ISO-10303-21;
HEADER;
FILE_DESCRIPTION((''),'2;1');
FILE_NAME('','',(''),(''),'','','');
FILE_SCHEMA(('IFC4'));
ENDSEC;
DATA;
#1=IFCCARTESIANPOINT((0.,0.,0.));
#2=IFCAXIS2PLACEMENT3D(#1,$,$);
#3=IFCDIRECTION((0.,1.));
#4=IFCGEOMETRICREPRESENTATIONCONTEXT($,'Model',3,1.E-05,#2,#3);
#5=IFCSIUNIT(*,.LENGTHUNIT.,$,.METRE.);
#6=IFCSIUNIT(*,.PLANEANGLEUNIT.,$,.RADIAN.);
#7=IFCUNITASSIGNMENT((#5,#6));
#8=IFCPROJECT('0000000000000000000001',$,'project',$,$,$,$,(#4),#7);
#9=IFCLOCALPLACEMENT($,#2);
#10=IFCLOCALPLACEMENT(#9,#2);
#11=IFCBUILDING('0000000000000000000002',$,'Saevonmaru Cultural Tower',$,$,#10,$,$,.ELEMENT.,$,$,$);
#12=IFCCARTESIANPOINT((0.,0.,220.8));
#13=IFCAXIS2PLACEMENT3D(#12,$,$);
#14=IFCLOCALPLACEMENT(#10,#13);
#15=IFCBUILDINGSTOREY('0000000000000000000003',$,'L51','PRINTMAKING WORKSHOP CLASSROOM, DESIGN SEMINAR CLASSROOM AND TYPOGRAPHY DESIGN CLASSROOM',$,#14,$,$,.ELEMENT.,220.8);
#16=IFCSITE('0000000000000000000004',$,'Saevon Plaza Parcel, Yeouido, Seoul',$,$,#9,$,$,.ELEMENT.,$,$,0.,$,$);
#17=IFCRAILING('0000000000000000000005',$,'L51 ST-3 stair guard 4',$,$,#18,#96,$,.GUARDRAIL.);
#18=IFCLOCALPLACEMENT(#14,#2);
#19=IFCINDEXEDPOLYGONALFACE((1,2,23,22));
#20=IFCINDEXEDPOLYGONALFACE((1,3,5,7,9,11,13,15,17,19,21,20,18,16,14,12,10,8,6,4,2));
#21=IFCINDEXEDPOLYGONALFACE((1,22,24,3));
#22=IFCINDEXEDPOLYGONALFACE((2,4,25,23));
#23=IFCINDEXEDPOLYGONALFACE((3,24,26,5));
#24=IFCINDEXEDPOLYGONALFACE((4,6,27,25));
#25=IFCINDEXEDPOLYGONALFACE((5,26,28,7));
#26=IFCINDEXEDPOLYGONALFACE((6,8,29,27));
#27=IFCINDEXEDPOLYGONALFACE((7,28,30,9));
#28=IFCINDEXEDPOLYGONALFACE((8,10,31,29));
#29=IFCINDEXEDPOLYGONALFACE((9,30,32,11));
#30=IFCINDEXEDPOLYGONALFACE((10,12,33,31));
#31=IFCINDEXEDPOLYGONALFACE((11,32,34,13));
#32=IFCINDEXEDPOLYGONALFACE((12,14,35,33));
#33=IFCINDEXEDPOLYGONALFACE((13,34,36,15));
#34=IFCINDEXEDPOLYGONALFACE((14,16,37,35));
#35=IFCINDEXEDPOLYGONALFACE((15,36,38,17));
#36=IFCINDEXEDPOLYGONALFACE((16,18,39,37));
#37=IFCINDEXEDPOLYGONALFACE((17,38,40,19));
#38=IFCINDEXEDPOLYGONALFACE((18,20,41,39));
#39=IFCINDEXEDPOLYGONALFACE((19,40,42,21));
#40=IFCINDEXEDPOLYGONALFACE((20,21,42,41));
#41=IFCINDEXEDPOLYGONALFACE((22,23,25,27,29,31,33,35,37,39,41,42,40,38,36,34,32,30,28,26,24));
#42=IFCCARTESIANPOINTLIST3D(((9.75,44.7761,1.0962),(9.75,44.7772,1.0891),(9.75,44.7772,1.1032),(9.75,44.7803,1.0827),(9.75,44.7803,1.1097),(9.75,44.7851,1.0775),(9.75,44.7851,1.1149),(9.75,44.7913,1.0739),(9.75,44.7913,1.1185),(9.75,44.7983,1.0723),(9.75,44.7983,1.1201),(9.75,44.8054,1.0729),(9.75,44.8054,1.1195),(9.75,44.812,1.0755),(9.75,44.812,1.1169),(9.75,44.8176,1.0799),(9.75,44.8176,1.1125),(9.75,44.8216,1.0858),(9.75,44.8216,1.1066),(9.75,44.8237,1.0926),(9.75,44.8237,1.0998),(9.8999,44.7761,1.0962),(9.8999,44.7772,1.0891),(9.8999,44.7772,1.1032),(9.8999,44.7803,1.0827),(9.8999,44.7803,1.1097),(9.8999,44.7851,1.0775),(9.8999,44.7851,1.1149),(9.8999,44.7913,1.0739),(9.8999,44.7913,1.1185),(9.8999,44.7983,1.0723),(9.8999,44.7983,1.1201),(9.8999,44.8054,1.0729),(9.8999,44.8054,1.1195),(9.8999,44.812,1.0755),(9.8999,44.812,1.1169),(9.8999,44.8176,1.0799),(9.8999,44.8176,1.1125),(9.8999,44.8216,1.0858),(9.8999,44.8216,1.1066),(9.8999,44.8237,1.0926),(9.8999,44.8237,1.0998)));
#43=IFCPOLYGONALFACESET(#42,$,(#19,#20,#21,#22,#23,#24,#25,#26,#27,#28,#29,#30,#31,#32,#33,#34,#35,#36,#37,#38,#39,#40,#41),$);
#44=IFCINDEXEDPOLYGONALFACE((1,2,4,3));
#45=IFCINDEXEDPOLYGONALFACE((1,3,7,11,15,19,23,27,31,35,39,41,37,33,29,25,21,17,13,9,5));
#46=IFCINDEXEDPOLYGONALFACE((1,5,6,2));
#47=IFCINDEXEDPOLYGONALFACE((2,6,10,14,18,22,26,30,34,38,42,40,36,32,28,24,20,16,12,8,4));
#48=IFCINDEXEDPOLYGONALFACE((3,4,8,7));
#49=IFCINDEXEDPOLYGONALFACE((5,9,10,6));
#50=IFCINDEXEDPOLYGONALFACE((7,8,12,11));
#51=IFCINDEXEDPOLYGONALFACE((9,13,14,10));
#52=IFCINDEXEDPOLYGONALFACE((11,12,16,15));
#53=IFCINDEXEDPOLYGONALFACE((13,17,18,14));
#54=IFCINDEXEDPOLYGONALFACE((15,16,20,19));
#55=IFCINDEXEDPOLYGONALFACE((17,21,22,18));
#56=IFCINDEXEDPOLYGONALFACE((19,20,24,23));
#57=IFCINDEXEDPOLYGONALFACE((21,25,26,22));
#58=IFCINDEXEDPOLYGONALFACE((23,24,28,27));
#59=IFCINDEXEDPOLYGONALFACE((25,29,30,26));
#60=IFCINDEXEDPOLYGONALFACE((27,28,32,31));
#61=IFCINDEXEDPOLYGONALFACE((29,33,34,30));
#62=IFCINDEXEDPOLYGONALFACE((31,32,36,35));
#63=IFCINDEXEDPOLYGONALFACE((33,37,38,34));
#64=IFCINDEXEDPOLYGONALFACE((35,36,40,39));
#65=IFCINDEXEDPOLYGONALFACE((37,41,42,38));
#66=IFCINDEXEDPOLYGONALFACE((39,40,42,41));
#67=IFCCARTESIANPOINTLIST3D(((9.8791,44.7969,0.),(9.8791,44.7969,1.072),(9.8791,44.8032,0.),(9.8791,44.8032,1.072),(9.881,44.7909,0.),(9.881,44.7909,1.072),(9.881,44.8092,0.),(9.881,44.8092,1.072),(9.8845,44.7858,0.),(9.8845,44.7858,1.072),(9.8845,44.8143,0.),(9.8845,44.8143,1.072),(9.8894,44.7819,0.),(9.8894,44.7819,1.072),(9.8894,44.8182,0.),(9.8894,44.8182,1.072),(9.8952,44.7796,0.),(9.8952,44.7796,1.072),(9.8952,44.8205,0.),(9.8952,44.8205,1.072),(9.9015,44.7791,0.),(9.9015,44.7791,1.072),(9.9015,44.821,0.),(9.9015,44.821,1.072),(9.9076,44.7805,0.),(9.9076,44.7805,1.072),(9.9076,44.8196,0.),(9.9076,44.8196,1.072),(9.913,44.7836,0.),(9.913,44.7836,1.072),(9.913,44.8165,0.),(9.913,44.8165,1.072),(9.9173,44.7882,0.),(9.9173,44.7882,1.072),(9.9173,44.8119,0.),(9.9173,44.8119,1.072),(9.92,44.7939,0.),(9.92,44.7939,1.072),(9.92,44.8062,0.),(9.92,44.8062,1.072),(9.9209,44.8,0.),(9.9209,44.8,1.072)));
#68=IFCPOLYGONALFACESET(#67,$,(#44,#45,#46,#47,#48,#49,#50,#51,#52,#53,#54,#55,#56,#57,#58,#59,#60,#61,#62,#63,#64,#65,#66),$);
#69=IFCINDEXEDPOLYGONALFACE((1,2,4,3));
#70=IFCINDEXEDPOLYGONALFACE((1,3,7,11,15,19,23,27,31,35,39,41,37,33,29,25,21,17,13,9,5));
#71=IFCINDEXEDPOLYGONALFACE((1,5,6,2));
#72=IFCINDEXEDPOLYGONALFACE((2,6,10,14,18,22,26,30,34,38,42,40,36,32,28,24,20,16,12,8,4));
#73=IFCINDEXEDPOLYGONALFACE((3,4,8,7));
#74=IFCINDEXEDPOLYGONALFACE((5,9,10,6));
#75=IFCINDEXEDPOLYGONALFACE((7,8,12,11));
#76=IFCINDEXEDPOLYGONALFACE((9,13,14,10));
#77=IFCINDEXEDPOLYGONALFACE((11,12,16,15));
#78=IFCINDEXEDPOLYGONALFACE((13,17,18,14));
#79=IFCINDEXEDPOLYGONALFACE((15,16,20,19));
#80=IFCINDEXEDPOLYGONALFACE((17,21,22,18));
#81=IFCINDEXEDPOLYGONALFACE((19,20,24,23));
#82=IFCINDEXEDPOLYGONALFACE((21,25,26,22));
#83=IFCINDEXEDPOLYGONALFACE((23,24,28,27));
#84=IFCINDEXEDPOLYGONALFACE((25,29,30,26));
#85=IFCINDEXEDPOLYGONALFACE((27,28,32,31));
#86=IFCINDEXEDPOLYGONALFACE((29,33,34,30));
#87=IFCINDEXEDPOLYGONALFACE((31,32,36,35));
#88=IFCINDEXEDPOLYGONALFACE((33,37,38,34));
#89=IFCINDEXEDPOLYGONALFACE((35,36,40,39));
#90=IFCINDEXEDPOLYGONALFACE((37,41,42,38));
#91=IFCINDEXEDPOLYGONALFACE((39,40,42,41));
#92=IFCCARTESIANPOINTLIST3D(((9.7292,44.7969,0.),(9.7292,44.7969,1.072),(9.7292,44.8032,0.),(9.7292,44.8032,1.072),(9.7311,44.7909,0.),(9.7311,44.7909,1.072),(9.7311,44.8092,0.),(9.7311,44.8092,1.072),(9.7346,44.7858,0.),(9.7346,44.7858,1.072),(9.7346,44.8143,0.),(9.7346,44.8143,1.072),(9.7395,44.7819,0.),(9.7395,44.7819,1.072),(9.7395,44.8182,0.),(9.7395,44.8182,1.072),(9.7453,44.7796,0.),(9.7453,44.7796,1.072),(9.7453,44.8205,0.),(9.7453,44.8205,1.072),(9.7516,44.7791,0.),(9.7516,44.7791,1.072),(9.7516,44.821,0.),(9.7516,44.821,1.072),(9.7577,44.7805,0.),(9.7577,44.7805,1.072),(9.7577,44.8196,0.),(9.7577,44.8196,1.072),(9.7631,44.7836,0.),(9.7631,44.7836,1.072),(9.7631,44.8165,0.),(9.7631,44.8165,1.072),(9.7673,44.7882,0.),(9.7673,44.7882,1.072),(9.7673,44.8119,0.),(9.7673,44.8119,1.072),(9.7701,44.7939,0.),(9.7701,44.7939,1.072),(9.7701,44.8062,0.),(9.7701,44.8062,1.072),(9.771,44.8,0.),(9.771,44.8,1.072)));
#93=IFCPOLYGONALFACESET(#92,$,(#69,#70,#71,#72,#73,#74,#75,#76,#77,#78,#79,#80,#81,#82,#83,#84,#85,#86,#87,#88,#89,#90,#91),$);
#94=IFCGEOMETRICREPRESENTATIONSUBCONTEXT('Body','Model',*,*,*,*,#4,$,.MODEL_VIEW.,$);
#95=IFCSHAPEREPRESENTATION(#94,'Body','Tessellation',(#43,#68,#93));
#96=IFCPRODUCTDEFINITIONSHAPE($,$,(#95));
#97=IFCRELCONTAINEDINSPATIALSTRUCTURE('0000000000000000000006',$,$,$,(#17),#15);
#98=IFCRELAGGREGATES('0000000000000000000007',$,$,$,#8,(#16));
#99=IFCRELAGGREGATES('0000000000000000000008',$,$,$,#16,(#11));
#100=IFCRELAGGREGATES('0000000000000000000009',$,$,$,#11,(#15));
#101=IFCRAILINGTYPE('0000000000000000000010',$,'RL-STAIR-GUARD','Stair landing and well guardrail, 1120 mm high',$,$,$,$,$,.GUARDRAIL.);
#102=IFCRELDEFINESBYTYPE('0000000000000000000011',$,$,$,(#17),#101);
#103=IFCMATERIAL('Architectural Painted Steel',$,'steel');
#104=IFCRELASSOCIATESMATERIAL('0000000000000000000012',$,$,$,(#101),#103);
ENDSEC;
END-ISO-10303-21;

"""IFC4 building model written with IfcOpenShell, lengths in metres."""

from ifc_helpers import new_model, si_unit, direction, frame, origin, origin_2d, place, context, subcontext, project, spatial, circle, extrude, material, type_object, element, save


model = new_model("IFC4")

# Units and contexts
model_context = context("Model", 3, precision=1e-05, world=origin(), true_north=direction((0.0, 1.0)))
body_context = subcontext(model_context, "Body", "Model", "MODEL_VIEW")
ifc_project = project(units=[si_unit("LENGTHUNIT", "METRE"), si_unit("PLANEANGLEUNIT", "RADIAN")], contexts=[model_context])

# Site, building, storey
site_placement = place(None, origin())
site = spatial("IfcSite", under=ifc_project, at=site_placement, Name="Saevon Plaza Parcel, Yeouido, Seoul", CompositionType="ELEMENT", RefElevation=0.0)
building_placement = place(site_placement, origin())
building = spatial("IfcBuilding", under=site, at=building_placement, Name="Saevonmaru Cultural Tower", CompositionType="ELEMENT")
storey_placement = place(building_placement, frame((0.0, 0.0, 220.8)))
storey = spatial("IfcBuildingStorey", under=building, at=storey_placement, Name="L51", Description="PRINTMAKING WORKSHOP CLASSROOM, DESIGN SEMINAR CLASSROOM AND TYPOGRAPHY DESIGN CLASSROOM", CompositionType="ELEMENT", Elevation=220.8)

# Railing
ifc_material_1 = material(Name="Architectural Painted Steel", Category="steel")
railing_type_1 = type_object("IfcRailingType", Name="RL-STAIR-GUARD", Description="Stair landing and well guardrail, 1120 mm high", PredefinedType="GUARDRAIL", material=ifc_material_1)
railing_1_placement = place(storey_placement, frame((9.8999, 44.8, 0.0)))
element("IfcRailing", 1, at=railing_1_placement, inside=storey, type_object=railing_type_1, Name="L51 ST-3 stair guard 4", PredefinedType="GUARDRAIL", context=body_context, shape_type="SweptSolid", body=[
    extrude(circle(Radius=0.0239, at=origin_2d()), frame((0.0, 0.0, 1.0962), z_axis=(-1.0, 0.0, 0.0), x_axis=(0.0, -1.0, 0.0)), (0.0, 0.0, 1.0), 0.1499),
    extrude(circle(Radius=0.021, at=origin_2d()), origin(), (0.0, 0.0, 1.0), 1.072),
    extrude(circle(Radius=0.021, at=origin_2d()), frame((-0.1499, 0.0, 0.0)), (0.0, 0.0, 1.0), 1.072),
])

save(model, "model.ifc")
